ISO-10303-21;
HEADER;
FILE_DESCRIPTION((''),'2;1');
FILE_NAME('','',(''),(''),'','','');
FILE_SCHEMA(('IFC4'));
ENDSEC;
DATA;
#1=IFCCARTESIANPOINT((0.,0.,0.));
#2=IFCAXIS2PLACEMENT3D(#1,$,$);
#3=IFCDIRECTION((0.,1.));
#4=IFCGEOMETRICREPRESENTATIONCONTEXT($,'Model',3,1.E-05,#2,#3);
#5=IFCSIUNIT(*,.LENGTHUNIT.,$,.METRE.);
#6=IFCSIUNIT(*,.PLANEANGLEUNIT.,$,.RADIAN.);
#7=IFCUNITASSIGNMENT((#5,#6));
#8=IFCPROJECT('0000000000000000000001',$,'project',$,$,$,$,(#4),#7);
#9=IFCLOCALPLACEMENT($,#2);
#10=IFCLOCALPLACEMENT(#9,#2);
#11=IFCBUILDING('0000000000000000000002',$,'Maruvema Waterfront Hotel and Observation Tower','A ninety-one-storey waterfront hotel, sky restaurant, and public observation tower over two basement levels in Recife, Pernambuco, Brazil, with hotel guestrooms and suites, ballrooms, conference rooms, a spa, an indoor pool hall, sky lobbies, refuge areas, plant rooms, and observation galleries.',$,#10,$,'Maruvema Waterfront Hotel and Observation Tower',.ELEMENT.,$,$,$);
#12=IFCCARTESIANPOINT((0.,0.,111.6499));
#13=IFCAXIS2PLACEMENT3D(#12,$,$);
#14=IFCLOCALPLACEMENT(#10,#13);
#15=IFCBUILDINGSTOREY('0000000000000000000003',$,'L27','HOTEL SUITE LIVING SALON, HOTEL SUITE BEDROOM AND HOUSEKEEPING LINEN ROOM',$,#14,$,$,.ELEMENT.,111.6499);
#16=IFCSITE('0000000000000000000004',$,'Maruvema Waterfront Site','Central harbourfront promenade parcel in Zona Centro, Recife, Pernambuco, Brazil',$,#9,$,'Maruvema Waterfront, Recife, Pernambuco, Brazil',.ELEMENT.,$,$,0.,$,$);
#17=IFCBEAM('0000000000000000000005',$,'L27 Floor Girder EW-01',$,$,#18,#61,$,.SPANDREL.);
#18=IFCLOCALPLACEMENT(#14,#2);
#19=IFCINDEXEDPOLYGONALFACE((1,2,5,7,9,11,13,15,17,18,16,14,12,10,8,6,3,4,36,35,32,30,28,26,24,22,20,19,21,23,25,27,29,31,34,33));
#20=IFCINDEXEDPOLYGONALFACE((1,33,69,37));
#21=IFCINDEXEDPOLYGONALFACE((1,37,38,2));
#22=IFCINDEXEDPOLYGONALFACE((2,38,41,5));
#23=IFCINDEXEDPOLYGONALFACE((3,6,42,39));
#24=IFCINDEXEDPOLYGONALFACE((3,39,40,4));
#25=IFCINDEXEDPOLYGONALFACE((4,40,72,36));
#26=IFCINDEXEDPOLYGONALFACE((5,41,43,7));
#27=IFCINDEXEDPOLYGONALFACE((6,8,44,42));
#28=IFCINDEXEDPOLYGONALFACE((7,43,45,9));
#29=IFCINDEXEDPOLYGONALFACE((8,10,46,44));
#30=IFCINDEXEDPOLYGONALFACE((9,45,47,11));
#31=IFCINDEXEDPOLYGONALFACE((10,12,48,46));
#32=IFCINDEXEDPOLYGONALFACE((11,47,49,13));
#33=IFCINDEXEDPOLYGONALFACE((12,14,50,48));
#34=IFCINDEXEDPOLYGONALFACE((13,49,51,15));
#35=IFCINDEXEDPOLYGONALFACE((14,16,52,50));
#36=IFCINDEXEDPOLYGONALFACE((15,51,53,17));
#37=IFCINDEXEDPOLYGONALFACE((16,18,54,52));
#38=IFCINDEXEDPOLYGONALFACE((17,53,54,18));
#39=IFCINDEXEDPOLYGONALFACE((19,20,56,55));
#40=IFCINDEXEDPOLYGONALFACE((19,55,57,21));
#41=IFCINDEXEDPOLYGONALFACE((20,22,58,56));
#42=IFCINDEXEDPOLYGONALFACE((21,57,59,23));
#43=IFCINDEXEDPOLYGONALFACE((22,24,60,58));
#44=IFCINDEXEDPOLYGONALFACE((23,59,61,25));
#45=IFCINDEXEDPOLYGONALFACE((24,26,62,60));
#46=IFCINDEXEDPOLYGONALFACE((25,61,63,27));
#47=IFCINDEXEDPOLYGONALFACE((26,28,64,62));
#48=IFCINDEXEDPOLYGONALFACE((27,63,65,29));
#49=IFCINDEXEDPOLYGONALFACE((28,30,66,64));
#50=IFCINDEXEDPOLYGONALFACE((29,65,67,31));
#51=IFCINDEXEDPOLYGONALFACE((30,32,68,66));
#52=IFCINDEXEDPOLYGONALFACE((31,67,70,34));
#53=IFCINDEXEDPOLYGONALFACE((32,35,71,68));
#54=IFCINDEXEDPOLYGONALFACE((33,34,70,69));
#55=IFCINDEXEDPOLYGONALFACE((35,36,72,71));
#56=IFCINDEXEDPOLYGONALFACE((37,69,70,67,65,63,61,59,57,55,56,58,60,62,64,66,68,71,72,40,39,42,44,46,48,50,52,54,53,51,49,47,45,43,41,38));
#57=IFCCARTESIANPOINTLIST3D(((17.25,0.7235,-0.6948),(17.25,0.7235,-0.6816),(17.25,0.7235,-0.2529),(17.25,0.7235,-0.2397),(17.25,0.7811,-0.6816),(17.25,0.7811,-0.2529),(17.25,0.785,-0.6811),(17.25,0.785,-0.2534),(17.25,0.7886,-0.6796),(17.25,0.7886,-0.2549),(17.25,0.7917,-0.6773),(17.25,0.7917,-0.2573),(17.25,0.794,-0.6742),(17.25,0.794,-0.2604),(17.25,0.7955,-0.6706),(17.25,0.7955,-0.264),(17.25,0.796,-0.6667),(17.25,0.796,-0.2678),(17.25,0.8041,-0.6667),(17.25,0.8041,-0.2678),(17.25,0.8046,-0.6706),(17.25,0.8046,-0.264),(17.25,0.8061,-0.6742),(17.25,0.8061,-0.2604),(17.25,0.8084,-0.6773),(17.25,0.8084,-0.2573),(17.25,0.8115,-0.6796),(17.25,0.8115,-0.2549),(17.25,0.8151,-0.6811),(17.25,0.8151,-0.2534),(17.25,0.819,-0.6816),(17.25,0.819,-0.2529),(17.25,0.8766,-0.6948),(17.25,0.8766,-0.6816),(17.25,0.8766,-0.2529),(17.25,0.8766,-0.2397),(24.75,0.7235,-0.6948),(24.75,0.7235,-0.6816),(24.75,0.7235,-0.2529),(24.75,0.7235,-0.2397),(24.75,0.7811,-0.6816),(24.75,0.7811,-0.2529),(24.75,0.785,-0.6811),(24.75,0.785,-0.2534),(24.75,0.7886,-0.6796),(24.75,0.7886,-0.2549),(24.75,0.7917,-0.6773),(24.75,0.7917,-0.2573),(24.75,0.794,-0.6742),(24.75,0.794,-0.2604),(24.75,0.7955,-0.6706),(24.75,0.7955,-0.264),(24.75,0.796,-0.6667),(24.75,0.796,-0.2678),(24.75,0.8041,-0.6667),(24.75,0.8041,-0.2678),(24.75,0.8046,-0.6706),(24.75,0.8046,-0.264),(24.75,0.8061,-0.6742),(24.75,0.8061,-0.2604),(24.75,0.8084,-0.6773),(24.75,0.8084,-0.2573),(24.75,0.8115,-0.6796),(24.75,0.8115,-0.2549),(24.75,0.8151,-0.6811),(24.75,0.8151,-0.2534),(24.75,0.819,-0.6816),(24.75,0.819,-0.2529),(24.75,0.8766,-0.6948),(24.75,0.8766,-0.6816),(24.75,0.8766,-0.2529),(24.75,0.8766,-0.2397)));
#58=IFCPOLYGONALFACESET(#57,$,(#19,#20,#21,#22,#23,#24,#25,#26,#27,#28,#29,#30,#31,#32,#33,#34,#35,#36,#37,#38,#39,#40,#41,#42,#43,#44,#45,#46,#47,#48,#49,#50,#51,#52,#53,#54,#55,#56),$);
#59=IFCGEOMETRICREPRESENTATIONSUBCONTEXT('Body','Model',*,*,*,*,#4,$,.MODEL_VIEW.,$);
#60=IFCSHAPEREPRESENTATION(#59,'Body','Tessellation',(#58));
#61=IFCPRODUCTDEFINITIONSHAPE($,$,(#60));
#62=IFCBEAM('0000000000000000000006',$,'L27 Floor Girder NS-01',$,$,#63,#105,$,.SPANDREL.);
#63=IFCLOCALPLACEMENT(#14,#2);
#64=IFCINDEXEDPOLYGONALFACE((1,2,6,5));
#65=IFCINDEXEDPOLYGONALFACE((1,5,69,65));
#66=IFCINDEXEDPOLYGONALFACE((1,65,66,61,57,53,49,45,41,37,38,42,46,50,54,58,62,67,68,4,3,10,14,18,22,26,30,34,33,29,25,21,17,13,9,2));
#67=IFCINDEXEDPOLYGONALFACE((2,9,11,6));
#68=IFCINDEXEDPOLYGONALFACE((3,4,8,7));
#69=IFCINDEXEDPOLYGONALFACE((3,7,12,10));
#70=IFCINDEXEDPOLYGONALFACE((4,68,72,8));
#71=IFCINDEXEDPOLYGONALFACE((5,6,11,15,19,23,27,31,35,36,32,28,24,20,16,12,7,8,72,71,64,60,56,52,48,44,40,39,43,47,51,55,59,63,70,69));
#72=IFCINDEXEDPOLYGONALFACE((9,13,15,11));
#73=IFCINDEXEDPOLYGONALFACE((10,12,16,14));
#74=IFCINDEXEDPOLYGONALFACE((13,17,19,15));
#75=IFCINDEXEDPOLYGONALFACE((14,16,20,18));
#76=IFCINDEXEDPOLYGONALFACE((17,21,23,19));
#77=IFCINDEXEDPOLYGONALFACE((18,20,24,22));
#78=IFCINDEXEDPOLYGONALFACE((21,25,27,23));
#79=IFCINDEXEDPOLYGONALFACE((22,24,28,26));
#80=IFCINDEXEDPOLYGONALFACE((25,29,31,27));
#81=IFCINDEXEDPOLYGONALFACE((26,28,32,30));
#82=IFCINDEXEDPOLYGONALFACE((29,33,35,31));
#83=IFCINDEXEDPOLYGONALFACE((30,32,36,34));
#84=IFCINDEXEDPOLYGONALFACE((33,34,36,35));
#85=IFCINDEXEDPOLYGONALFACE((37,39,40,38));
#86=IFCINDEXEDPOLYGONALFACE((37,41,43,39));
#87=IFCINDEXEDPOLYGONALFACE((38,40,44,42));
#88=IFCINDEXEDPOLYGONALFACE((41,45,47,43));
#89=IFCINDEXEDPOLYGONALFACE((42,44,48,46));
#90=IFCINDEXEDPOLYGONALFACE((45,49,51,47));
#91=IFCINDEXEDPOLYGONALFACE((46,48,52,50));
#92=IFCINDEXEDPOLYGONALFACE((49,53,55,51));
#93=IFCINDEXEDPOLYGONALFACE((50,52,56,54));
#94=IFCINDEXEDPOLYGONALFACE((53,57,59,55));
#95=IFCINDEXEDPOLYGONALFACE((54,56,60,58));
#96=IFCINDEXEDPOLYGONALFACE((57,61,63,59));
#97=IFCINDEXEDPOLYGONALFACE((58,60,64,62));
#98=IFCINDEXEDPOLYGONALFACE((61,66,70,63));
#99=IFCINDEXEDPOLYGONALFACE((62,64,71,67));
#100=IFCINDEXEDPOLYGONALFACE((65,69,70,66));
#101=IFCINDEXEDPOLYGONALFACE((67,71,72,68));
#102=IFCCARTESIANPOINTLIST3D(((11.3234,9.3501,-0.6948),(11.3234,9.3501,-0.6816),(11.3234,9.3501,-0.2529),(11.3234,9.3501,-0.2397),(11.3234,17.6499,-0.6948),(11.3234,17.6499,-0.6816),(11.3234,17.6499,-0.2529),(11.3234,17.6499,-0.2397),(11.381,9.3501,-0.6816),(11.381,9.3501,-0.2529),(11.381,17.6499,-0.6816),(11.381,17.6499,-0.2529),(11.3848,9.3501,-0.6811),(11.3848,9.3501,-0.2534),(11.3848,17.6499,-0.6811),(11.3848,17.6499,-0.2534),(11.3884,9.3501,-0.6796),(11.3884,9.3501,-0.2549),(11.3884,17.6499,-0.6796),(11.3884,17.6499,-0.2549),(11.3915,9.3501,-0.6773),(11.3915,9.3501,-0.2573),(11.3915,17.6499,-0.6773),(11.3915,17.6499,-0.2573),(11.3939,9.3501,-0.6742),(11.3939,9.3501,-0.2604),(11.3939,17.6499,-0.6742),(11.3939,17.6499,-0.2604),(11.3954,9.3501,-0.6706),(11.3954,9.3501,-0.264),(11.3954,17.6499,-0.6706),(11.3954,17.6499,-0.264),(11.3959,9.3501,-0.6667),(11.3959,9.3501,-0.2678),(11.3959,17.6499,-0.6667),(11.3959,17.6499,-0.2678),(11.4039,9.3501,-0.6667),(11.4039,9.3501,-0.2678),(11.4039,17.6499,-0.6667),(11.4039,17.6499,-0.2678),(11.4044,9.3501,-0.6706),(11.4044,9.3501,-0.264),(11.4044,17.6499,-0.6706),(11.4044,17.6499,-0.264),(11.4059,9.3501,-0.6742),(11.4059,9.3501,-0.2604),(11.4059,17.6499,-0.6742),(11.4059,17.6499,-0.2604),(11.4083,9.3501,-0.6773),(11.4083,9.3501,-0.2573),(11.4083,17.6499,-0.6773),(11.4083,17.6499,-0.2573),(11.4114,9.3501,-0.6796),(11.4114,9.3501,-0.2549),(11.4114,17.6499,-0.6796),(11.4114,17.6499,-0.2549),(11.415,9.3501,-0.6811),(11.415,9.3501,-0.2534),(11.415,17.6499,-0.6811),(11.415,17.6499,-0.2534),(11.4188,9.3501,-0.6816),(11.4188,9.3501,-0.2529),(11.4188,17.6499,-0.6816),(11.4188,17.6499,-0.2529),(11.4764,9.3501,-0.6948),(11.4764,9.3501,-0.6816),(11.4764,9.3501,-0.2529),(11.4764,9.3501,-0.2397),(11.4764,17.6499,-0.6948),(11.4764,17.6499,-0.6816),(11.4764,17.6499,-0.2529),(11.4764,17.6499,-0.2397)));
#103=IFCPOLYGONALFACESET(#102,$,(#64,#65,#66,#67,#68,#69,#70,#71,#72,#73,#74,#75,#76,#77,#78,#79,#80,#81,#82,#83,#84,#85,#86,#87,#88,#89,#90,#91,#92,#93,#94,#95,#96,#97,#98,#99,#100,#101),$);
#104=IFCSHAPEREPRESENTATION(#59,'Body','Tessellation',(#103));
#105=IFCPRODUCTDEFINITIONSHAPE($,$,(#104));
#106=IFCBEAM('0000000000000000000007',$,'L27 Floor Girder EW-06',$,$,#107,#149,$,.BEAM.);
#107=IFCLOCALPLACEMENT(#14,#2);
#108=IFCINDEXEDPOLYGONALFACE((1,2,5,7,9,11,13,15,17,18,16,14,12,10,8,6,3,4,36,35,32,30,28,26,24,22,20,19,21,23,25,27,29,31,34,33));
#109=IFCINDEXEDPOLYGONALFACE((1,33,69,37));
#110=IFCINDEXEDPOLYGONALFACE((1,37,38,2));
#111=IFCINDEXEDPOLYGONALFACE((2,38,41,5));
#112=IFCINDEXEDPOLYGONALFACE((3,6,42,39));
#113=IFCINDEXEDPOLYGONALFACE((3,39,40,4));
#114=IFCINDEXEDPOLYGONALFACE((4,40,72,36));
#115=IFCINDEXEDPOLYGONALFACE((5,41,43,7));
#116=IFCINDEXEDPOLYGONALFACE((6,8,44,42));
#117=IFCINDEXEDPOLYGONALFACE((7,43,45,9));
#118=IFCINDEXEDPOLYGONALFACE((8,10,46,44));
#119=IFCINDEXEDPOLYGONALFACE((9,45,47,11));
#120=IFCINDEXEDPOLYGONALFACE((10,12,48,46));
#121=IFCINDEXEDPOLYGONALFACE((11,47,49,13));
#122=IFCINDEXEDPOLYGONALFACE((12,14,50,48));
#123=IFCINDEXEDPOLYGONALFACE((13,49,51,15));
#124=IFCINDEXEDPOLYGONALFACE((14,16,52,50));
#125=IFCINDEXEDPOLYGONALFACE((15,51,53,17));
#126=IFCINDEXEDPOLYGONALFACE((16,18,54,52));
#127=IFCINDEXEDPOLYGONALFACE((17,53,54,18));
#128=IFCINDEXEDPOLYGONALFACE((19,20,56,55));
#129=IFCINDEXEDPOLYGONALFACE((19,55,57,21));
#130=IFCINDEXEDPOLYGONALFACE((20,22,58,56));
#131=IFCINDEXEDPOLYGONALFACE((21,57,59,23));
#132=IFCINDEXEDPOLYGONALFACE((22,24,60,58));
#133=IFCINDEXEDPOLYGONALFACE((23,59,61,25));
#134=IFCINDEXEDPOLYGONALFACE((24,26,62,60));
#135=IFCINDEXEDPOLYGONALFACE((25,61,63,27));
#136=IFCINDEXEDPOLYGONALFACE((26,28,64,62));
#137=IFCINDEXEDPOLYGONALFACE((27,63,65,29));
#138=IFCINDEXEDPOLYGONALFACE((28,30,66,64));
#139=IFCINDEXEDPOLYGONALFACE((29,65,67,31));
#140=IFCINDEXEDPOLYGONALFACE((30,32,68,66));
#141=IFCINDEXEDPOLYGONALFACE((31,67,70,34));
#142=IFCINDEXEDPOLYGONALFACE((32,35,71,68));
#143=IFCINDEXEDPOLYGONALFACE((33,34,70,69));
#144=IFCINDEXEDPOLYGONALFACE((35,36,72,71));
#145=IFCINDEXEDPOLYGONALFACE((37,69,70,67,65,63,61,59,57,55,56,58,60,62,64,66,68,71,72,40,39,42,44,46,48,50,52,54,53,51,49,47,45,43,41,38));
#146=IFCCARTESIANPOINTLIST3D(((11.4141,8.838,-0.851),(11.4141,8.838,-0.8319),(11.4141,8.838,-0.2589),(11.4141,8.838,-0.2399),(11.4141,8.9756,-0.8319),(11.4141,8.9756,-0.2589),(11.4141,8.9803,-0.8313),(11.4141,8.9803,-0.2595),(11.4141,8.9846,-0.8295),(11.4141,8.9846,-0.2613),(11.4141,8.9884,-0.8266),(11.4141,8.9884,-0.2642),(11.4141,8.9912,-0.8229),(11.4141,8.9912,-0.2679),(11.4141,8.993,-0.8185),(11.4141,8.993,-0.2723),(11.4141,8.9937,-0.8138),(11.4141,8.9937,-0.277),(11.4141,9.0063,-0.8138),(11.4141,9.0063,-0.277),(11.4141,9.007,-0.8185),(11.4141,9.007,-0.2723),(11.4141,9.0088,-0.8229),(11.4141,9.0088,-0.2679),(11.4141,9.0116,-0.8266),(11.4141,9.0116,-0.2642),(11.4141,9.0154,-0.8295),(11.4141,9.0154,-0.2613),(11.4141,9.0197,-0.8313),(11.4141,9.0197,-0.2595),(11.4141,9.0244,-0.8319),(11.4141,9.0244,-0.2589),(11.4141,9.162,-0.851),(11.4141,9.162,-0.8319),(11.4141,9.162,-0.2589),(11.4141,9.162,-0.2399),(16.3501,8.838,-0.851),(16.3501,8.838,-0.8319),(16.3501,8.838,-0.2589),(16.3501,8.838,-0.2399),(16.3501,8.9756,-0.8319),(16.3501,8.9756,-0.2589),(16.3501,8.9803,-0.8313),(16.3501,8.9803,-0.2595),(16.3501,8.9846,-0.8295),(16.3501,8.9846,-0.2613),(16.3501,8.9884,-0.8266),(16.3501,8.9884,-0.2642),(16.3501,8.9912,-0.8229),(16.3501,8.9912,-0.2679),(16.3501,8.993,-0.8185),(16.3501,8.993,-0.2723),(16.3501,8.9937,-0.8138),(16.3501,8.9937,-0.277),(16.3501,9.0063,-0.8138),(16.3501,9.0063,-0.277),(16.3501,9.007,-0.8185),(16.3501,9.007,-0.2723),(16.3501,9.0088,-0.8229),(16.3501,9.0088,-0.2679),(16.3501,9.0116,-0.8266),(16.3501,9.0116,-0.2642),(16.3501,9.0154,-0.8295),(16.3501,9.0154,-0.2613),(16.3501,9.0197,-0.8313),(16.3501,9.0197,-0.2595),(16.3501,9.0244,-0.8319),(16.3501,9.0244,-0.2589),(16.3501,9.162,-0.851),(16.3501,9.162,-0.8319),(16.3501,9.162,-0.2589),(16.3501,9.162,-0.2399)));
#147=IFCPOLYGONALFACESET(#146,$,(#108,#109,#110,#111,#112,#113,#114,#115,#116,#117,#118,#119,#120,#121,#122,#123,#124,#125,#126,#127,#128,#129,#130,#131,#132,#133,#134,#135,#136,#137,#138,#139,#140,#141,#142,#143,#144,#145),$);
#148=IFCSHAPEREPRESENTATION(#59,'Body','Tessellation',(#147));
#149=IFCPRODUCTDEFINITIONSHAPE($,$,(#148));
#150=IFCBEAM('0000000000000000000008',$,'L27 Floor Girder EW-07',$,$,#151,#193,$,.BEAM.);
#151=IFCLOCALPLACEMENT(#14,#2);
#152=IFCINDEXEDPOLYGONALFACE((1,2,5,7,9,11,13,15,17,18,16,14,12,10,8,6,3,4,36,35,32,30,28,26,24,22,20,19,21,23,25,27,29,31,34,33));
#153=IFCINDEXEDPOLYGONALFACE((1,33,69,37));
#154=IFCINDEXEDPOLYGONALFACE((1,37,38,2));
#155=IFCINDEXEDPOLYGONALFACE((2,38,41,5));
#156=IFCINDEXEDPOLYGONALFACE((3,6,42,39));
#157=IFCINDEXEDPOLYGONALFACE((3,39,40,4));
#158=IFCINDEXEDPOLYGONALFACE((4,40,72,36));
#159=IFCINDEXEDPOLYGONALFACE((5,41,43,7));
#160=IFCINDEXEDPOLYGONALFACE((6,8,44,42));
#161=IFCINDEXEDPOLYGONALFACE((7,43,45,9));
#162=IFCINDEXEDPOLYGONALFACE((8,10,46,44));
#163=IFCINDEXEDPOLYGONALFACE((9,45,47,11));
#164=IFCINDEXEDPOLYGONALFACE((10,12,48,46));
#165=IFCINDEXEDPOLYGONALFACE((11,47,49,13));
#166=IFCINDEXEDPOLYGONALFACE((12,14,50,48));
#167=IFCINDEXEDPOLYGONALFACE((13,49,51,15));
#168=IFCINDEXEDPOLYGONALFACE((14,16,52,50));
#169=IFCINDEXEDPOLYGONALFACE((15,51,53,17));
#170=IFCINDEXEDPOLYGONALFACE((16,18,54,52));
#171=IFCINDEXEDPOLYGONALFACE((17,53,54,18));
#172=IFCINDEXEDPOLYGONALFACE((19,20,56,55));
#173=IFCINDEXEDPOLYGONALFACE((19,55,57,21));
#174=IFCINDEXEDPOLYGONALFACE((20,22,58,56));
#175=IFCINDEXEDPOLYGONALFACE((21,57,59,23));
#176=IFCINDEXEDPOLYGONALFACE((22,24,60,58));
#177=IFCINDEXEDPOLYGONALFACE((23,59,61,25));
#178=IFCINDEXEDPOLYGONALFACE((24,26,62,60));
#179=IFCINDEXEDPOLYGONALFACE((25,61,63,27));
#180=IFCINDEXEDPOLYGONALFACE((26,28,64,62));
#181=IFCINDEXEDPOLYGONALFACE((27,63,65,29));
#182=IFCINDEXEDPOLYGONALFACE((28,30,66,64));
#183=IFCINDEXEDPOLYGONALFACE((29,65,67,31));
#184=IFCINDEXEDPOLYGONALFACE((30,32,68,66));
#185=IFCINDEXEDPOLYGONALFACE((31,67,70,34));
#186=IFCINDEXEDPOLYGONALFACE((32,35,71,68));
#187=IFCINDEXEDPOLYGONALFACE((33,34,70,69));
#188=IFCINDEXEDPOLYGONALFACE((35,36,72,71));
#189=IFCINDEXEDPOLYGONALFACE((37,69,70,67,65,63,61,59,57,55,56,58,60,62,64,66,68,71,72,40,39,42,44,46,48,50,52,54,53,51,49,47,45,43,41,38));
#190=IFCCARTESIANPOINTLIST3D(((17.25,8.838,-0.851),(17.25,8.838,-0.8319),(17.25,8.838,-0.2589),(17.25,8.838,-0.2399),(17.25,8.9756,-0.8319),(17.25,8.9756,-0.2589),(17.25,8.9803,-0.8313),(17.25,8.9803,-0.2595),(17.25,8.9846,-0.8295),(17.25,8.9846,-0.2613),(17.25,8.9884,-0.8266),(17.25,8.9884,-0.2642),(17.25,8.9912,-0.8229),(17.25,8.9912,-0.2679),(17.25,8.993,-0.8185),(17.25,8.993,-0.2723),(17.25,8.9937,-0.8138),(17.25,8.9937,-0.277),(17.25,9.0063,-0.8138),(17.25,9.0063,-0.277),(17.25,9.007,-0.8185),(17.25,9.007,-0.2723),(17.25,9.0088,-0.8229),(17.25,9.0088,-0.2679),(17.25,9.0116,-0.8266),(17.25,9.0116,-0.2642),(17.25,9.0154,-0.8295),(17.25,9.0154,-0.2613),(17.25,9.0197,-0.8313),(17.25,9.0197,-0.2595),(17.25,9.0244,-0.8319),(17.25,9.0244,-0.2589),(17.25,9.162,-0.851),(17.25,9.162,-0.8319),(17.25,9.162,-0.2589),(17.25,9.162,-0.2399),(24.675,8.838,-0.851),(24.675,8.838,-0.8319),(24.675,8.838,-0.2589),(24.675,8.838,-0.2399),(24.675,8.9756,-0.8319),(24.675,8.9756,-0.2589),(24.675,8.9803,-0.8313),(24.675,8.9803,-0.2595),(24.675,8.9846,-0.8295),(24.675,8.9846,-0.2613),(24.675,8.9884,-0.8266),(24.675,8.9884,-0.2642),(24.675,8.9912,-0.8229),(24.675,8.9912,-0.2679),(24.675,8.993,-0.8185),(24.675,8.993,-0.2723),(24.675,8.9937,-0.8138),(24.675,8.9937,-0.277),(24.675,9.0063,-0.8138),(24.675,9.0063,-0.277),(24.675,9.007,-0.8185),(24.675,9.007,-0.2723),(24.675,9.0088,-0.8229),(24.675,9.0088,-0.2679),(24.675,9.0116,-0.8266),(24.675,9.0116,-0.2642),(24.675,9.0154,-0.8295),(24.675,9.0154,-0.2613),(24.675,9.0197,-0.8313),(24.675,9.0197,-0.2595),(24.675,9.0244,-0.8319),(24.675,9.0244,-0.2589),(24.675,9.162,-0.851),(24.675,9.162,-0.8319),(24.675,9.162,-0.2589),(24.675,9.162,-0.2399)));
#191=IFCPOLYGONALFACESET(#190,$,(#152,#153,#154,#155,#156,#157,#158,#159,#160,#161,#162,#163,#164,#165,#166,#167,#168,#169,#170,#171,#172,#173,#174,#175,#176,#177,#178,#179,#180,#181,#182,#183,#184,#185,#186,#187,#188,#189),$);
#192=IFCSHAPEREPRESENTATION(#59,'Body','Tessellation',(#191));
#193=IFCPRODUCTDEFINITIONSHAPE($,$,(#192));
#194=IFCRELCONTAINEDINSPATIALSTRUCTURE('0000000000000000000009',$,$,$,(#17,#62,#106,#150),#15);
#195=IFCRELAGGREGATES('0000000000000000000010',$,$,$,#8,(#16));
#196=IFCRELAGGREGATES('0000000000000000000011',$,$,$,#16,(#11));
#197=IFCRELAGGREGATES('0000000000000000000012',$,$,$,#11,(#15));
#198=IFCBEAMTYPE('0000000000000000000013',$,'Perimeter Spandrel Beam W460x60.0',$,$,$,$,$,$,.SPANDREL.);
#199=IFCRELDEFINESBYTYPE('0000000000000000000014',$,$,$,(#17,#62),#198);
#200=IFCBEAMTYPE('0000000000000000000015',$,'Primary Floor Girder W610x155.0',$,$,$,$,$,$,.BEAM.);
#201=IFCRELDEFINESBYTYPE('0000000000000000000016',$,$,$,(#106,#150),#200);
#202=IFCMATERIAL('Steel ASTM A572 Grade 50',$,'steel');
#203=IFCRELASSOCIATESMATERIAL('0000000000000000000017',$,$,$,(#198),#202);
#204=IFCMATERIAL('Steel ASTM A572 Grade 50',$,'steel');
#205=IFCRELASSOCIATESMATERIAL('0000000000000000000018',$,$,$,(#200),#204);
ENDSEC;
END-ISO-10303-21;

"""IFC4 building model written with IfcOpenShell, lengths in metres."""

from ifc_helpers import new_model, si_unit, direction, frame, origin, origin_2d, place, context, subcontext, project, spatial, i_section, extrude, material, material_profile, profile_set, type_object, element, save


model = new_model("IFC4")

# Units and contexts
model_context = context("Model", 3, precision=1e-05, world=origin(), true_north=direction((0.0, 1.0)))
body_context = subcontext(model_context, "Body", "Model", "MODEL_VIEW")
ifc_project = project(units=[si_unit("LENGTHUNIT", "METRE"), si_unit("PLANEANGLEUNIT", "RADIAN")], contexts=[model_context])

# Site, building, storey
site_placement = place(None, origin())
site = spatial("IfcSite", under=ifc_project, at=site_placement, Name="Maruvema Waterfront Site", Description="Central harbourfront promenade parcel in Zona Centro, Recife, Pernambuco, Brazil", LongName="Maruvema Waterfront, Recife, Pernambuco, Brazil", CompositionType="ELEMENT", RefElevation=0.0)
building_placement = place(site_placement, origin())
building = spatial("IfcBuilding", under=site, at=building_placement, Name="Maruvema Waterfront Hotel and Observation Tower", Description="A ninety-one-storey waterfront hotel, sky restaurant, and public observation tower over two basement levels in Recife, Pernambuco, Brazil, with hotel guestrooms and suites, ballrooms, conference rooms, a spa, an indoor pool hall, sky lobbies, refuge areas, plant rooms, and observation galleries.", LongName="Maruvema Waterfront Hotel and Observation Tower", CompositionType="ELEMENT")
storey_placement = place(building_placement, frame((0.0, 0.0, 111.6499)))
storey = spatial("IfcBuildingStorey", under=building, at=storey_placement, Name="L27", Description="HOTEL SUITE LIVING SALON, HOTEL SUITE BEDROOM AND HOUSEKEEPING LINEN ROOM", CompositionType="ELEMENT", Elevation=111.6499)

# Beams
ifc_material_1 = material(Name="Steel ASTM A572 Grade 50", Category="steel")
ifc_material_profile_1 = material_profile(ifc_material_1, i_section(OverallWidth=0.1531, OverallDepth=0.4551, WebThickness=0.0081, FlangeThickness=0.0132, FilletRadius=0.0149, at=origin_2d()), Name="W460x60.0")
ifc_profile_set_1 = profile_set([ifc_material_profile_1], Name="Steel ASTM A572 Grade 50")
beam_type_1 = type_object("IfcBeamType", Name="Perimeter Spandrel Beam W460x60.0", PredefinedType="SPANDREL", material=ifc_profile_set_1)
beam_1_placement = place(storey_placement, frame((17.25, 0.8, -0.4673), z_axis=(1.0, 0.0, 0.0), x_axis=(0.0, 1.0, 0.0)))
element("IfcBeam", 1, at=beam_1_placement, inside=storey, type_object=beam_type_1, Name="L27 Floor Girder EW-01", PredefinedType="SPANDREL", context=body_context, shape_type="SweptSolid", body=[
    extrude(i_section(OverallWidth=0.1531, OverallDepth=0.4551, WebThickness=0.0081, FlangeThickness=0.0132, FilletRadius=0.0149, at=origin_2d()), origin(), (0.0, 0.0, 1.0), 7.5),
])
beam_2_placement = place(storey_placement, frame((11.3999, 9.3501, -0.4673), z_axis=(0.0, 1.0, 0.0), x_axis=(-1.0, 0.0, 0.0)))
element("IfcBeam", 2, at=beam_2_placement, inside=storey, type_object=beam_type_1, Name="L27 Floor Girder NS-01", PredefinedType="SPANDREL", context=body_context, shape_type="SweptSolid", body=[
    extrude(i_section(OverallWidth=0.1531, OverallDepth=0.4551, WebThickness=0.0081, FlangeThickness=0.0132, FilletRadius=0.0149, at=origin_2d()), origin(), (0.0, 0.0, 1.0), 8.2998),
])
ifc_material_2 = material(Name="Steel ASTM A572 Grade 50", Category="steel")
ifc_material_profile_2 = material_profile(ifc_material_2, i_section(OverallWidth=0.324, OverallDepth=0.6111, WebThickness=0.0127, FlangeThickness=0.019, FilletRadius=0.0181, at=origin_2d()), Name="W610x155.0")
ifc_profile_set_2 = profile_set([ifc_material_profile_2], Name="Steel ASTM A572 Grade 50")
beam_type_2 = type_object("IfcBeamType", Name="Primary Floor Girder W610x155.0", PredefinedType="BEAM", material=ifc_profile_set_2)
beam_3_placement = place(storey_placement, frame((11.4141, 9.0, -0.5454), z_axis=(1.0, 0.0, 0.0), x_axis=(0.0, 1.0, 0.0)))
element("IfcBeam", 3, at=beam_3_placement, inside=storey, type_object=beam_type_2, Name="L27 Floor Girder EW-06", PredefinedType="BEAM", context=body_context, shape_type="SweptSolid", body=[
    extrude(i_section(OverallWidth=0.324, OverallDepth=0.6111, WebThickness=0.0127, FlangeThickness=0.019, FilletRadius=0.0181, at=origin_2d()), origin(), (0.0, 0.0, 1.0), 4.936),
])
beam_4_placement = place(storey_placement, frame((17.25, 9.0, -0.5454), z_axis=(1.0, 0.0, 0.0), x_axis=(0.0, 1.0, 0.0)))
element("IfcBeam", 4, at=beam_4_placement, inside=storey, type_object=beam_type_2, Name="L27 Floor Girder EW-07", PredefinedType="BEAM", context=body_context, shape_type="SweptSolid", body=[
    extrude(i_section(OverallWidth=0.324, OverallDepth=0.6111, WebThickness=0.0127, FlangeThickness=0.019, FilletRadius=0.0181, at=origin_2d()), origin(), (0.0, 0.0, 1.0), 7.425),
])

save(model, "model.ifc")
